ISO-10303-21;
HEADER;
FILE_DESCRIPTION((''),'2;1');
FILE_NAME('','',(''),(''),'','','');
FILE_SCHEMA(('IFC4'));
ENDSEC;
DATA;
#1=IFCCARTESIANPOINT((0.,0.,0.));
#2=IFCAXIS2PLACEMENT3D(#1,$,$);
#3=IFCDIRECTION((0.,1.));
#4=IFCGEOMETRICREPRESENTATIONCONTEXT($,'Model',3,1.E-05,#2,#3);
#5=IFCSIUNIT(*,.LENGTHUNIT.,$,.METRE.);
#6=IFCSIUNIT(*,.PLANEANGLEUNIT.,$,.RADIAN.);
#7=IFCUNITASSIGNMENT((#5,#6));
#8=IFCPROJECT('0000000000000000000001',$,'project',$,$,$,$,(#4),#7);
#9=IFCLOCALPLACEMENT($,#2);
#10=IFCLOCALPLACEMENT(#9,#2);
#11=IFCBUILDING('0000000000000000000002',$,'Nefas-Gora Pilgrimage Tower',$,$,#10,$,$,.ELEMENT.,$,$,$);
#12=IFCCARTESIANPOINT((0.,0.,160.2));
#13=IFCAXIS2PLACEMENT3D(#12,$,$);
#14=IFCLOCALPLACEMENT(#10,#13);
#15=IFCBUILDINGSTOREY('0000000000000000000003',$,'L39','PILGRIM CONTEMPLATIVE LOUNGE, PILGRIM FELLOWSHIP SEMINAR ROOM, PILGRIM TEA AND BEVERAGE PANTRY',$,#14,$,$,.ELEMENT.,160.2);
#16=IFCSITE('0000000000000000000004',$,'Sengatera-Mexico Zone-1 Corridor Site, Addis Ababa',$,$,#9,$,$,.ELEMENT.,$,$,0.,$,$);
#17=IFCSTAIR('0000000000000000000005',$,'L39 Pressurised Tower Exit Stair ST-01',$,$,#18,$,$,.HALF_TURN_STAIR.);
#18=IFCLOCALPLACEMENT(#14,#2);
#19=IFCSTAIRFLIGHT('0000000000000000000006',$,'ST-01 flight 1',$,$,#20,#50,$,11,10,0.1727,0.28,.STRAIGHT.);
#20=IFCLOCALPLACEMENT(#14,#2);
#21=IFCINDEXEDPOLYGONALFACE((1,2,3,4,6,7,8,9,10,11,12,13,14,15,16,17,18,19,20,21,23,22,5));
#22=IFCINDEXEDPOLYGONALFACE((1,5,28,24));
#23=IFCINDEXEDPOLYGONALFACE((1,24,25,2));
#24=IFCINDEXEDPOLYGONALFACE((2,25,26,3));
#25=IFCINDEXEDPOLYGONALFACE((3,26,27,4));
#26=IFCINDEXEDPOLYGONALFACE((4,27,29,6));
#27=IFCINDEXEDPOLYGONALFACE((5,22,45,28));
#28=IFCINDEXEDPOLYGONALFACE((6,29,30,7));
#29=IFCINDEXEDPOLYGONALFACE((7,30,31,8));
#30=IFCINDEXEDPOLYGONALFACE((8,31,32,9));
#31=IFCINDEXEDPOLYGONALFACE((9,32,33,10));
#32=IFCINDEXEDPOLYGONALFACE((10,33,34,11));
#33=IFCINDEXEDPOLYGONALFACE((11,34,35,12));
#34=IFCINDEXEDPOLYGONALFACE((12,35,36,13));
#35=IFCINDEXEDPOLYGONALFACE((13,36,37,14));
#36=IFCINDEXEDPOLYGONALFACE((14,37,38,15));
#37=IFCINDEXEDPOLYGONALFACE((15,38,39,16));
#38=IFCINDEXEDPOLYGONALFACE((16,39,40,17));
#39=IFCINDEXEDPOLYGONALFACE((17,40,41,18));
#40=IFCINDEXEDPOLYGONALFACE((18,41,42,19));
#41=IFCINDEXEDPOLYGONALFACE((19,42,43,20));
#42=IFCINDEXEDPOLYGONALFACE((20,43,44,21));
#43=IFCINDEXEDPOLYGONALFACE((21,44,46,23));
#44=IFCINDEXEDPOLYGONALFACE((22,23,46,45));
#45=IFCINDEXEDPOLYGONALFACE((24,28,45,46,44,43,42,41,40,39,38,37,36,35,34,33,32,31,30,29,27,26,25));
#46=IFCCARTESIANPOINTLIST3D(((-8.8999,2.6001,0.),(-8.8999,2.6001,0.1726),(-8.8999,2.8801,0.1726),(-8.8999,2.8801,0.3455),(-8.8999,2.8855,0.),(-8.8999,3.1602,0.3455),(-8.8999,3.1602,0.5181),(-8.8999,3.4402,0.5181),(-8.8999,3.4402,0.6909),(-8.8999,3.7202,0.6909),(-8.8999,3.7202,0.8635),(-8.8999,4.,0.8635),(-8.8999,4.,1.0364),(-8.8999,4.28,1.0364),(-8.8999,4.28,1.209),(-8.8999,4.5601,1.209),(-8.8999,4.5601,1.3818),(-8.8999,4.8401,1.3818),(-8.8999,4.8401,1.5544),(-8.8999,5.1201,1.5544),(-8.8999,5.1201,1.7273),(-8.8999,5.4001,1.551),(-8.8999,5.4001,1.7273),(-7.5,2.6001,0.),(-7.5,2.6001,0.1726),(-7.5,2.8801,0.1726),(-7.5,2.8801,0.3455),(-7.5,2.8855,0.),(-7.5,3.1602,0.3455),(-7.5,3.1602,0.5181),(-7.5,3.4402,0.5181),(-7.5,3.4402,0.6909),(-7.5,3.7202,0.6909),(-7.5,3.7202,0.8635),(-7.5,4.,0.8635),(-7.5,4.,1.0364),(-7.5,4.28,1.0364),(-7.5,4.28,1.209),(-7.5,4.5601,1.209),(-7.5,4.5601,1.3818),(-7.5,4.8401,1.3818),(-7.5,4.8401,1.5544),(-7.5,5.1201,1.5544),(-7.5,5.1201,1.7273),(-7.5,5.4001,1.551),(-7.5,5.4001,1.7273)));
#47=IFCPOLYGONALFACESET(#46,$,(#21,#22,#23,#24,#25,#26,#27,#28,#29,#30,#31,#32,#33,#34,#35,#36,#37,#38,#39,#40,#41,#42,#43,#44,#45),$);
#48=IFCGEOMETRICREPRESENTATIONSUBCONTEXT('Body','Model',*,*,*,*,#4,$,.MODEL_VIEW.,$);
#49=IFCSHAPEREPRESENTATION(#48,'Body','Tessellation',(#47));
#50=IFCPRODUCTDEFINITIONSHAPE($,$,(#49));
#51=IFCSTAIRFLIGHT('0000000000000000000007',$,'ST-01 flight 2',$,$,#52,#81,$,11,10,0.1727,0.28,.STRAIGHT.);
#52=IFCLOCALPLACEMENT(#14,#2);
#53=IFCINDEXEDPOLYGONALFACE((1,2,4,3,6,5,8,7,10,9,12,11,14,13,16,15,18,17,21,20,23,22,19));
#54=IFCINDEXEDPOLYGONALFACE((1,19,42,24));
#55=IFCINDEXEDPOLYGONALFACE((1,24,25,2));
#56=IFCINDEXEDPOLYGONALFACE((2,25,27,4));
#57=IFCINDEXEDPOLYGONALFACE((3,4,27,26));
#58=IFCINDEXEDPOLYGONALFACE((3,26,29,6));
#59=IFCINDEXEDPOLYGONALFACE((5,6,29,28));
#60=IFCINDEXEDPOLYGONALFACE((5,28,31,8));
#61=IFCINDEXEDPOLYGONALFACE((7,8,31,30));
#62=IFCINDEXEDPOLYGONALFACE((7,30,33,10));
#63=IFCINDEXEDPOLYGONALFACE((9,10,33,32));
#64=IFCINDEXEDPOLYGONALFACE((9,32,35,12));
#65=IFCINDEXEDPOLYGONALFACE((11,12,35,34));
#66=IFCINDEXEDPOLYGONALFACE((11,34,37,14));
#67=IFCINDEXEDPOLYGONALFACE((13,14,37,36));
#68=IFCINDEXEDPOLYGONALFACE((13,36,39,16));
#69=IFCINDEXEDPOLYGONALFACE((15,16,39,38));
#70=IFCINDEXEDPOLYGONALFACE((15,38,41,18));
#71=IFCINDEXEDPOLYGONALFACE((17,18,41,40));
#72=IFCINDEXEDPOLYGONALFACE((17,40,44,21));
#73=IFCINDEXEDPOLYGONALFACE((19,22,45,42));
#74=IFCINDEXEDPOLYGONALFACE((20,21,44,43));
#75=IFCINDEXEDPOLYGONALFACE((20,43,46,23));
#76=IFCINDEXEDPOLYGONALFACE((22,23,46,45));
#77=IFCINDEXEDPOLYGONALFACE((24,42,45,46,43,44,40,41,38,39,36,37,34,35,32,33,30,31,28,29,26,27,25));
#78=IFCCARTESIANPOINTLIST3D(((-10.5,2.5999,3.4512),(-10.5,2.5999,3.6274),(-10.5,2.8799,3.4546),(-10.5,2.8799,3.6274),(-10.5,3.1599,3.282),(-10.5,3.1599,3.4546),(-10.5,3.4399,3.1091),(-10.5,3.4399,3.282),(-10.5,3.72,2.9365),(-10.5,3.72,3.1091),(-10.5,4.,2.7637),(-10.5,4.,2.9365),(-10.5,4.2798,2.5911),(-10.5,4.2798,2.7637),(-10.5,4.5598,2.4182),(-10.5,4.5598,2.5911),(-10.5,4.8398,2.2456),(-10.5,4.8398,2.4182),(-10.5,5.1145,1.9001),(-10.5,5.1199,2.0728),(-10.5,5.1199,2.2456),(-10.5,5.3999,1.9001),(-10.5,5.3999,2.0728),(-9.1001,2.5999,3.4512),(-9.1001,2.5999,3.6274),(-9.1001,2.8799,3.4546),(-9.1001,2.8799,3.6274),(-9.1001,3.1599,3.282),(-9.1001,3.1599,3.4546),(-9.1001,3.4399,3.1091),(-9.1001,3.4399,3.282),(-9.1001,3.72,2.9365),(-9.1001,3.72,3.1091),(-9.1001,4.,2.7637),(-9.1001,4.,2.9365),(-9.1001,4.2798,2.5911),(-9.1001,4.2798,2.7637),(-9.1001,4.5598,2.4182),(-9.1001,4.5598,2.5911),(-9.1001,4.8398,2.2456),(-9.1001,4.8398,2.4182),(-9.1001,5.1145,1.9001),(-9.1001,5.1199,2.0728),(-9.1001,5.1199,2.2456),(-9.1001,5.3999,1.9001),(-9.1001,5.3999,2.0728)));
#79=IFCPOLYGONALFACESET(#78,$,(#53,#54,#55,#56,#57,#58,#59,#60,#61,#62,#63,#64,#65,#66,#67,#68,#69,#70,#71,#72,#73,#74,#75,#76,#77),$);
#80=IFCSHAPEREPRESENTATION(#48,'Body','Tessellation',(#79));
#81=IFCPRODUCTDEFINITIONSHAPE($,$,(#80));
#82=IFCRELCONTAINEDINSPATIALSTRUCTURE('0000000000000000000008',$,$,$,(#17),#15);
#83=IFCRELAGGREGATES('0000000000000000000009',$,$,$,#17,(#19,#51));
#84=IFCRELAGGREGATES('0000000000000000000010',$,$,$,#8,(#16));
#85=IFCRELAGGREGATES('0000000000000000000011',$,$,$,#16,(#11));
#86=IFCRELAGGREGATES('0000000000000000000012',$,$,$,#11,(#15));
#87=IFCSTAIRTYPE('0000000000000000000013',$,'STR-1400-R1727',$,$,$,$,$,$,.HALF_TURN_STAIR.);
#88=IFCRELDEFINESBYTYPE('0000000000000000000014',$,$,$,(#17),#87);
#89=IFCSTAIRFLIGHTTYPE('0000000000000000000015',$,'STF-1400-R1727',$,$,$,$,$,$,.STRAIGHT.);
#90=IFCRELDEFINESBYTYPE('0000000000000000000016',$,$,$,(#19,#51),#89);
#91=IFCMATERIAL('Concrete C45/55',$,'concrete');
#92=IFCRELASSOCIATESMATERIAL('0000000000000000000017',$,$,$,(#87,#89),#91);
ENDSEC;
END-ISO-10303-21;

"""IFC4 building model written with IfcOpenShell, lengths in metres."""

from ifc_helpers import new_model, si_unit, direction, frame, origin, place, context, subcontext, project, spatial, polyline, outline, extrude, source, transform, mapped, material, type_object, element, aggregate, save


model = new_model("IFC4")

# Units and contexts
model_context = context("Model", 3, precision=1e-05, world=origin(), true_north=direction((0.0, 1.0)))
body_context = subcontext(model_context, "Body", "Model", "MODEL_VIEW")
ifc_project = project(units=[si_unit("LENGTHUNIT", "METRE"), si_unit("PLANEANGLEUNIT", "RADIAN")], contexts=[model_context])

# Site, building, storey
site_placement = place(None, origin())
site = spatial("IfcSite", under=ifc_project, at=site_placement, Name="Sengatera-Mexico Zone-1 Corridor Site, Addis Ababa", CompositionType="ELEMENT", RefElevation=0.0)
building_placement = place(site_placement, origin())
building = spatial("IfcBuilding", under=site, at=building_placement, Name="Nefas-Gora Pilgrimage Tower", CompositionType="ELEMENT")
storey_placement = place(building_placement, frame((0.0, 0.0, 160.2)))
storey = spatial("IfcBuildingStorey", under=building, at=storey_placement, Name="L39", Description="PILGRIM CONTEMPLATIVE LOUNGE, PILGRIM FELLOWSHIP SEMINAR ROOM, PILGRIM TEA AND BEVERAGE PANTRY", CompositionType="ELEMENT", Elevation=160.2)

# Shared definitions
ifc_material_1 = material(Name="Concrete C45/55", Category="concrete")

# Stair, stair flights
stair_type = type_object("IfcStairType", Name="STR-1400-R1727", PredefinedType="HALF_TURN_STAIR", material=ifc_material_1)
stair_placement = place(storey_placement, origin())
stair = element("IfcStair", 1, at=stair_placement, inside=storey, type_object=stair_type, Name="L39 Pressurised Tower Exit Stair ST-01", PredefinedType="HALF_TURN_STAIR")
stair_flight_type = type_object("IfcStairFlightType", Name="STF-1400-R1727", PredefinedType="STRAIGHT", material=ifc_material_1)
shared_shape_1 = source(origin(), body_context, "Body", "SweptSolid", [
    extrude(outline(polyline([(0.0, 0.0), (0.0, 0.1726), (0.28, 0.1726), (0.28, 0.3455), (0.5601, 0.3455), (0.5601, 0.5181), (0.8401, 0.5181), (0.8401, 0.6909), (1.1201, 0.6909), (1.1201, 0.8635), (1.3999, 0.8635), (1.3999, 1.0364), (1.6799, 1.0364), (1.6799, 1.209), (1.96, 1.209), (1.96, 1.3818), (2.24, 1.3818), (2.24, 1.5544), (2.52, 1.5544), (2.52, 1.7273), (2.8, 1.7273), (2.8, 1.8999), (2.8, 1.551), (0.2854, 0.0), (0.0, 0.0)])), frame((0.0, 0.7, 0.0), z_axis=(0.0, -1.0, 0.0), x_axis=(1.0, 0.0, 0.0)), (0.0, 0.0, 1.0), 1.3999),
])
stair_flight_1_placement = place(storey_placement, frame((-8.2, 2.6001, 0.0), z_axis=(0.0, 0.0, 1.0), x_axis=(0.0, 1.0, 0.0)))
stair_flight_1 = element("IfcStairFlight", 2, at=stair_flight_1_placement, type_object=stair_flight_type, Name="ST-01 flight 1", NumberOfRisers=11, NumberOfTreads=10, PredefinedType="STRAIGHT", RiserHeight=0.1727, TreadLength=0.28, context=body_context, shape_type="MappedRepresentation", body=[
    mapped(shared_shape_1, transform((0.0, 0.0, 0.0), x_axis=(1.0, 0.0, 0.0), y_axis=(0.0, 1.0, 0.0), z_axis=(0.0, 0.0, 1.0), scale=1.0)),
])
stair_flight_2_placement = place(storey_placement, frame((-9.8, 5.3999, 1.9001), z_axis=(0.0, 0.0, 1.0), x_axis=(0.0, -1.0, 0.0)))
stair_flight_2 = element("IfcStairFlight", 3, at=stair_flight_2_placement, type_object=stair_flight_type, Name="ST-01 flight 2", NumberOfRisers=11, NumberOfTreads=10, PredefinedType="STRAIGHT", RiserHeight=0.1727, TreadLength=0.28, context=body_context, shape_type="MappedRepresentation", body=[
    mapped(shared_shape_1, transform((0.0, 0.0, 0.0), x_axis=(1.0, 0.0, 0.0), y_axis=(0.0, 1.0, 0.0), z_axis=(0.0, 0.0, 1.0), scale=1.0)),
])
aggregate(stair, [stair_flight_1, stair_flight_2])

save(model, "model.ifc")
